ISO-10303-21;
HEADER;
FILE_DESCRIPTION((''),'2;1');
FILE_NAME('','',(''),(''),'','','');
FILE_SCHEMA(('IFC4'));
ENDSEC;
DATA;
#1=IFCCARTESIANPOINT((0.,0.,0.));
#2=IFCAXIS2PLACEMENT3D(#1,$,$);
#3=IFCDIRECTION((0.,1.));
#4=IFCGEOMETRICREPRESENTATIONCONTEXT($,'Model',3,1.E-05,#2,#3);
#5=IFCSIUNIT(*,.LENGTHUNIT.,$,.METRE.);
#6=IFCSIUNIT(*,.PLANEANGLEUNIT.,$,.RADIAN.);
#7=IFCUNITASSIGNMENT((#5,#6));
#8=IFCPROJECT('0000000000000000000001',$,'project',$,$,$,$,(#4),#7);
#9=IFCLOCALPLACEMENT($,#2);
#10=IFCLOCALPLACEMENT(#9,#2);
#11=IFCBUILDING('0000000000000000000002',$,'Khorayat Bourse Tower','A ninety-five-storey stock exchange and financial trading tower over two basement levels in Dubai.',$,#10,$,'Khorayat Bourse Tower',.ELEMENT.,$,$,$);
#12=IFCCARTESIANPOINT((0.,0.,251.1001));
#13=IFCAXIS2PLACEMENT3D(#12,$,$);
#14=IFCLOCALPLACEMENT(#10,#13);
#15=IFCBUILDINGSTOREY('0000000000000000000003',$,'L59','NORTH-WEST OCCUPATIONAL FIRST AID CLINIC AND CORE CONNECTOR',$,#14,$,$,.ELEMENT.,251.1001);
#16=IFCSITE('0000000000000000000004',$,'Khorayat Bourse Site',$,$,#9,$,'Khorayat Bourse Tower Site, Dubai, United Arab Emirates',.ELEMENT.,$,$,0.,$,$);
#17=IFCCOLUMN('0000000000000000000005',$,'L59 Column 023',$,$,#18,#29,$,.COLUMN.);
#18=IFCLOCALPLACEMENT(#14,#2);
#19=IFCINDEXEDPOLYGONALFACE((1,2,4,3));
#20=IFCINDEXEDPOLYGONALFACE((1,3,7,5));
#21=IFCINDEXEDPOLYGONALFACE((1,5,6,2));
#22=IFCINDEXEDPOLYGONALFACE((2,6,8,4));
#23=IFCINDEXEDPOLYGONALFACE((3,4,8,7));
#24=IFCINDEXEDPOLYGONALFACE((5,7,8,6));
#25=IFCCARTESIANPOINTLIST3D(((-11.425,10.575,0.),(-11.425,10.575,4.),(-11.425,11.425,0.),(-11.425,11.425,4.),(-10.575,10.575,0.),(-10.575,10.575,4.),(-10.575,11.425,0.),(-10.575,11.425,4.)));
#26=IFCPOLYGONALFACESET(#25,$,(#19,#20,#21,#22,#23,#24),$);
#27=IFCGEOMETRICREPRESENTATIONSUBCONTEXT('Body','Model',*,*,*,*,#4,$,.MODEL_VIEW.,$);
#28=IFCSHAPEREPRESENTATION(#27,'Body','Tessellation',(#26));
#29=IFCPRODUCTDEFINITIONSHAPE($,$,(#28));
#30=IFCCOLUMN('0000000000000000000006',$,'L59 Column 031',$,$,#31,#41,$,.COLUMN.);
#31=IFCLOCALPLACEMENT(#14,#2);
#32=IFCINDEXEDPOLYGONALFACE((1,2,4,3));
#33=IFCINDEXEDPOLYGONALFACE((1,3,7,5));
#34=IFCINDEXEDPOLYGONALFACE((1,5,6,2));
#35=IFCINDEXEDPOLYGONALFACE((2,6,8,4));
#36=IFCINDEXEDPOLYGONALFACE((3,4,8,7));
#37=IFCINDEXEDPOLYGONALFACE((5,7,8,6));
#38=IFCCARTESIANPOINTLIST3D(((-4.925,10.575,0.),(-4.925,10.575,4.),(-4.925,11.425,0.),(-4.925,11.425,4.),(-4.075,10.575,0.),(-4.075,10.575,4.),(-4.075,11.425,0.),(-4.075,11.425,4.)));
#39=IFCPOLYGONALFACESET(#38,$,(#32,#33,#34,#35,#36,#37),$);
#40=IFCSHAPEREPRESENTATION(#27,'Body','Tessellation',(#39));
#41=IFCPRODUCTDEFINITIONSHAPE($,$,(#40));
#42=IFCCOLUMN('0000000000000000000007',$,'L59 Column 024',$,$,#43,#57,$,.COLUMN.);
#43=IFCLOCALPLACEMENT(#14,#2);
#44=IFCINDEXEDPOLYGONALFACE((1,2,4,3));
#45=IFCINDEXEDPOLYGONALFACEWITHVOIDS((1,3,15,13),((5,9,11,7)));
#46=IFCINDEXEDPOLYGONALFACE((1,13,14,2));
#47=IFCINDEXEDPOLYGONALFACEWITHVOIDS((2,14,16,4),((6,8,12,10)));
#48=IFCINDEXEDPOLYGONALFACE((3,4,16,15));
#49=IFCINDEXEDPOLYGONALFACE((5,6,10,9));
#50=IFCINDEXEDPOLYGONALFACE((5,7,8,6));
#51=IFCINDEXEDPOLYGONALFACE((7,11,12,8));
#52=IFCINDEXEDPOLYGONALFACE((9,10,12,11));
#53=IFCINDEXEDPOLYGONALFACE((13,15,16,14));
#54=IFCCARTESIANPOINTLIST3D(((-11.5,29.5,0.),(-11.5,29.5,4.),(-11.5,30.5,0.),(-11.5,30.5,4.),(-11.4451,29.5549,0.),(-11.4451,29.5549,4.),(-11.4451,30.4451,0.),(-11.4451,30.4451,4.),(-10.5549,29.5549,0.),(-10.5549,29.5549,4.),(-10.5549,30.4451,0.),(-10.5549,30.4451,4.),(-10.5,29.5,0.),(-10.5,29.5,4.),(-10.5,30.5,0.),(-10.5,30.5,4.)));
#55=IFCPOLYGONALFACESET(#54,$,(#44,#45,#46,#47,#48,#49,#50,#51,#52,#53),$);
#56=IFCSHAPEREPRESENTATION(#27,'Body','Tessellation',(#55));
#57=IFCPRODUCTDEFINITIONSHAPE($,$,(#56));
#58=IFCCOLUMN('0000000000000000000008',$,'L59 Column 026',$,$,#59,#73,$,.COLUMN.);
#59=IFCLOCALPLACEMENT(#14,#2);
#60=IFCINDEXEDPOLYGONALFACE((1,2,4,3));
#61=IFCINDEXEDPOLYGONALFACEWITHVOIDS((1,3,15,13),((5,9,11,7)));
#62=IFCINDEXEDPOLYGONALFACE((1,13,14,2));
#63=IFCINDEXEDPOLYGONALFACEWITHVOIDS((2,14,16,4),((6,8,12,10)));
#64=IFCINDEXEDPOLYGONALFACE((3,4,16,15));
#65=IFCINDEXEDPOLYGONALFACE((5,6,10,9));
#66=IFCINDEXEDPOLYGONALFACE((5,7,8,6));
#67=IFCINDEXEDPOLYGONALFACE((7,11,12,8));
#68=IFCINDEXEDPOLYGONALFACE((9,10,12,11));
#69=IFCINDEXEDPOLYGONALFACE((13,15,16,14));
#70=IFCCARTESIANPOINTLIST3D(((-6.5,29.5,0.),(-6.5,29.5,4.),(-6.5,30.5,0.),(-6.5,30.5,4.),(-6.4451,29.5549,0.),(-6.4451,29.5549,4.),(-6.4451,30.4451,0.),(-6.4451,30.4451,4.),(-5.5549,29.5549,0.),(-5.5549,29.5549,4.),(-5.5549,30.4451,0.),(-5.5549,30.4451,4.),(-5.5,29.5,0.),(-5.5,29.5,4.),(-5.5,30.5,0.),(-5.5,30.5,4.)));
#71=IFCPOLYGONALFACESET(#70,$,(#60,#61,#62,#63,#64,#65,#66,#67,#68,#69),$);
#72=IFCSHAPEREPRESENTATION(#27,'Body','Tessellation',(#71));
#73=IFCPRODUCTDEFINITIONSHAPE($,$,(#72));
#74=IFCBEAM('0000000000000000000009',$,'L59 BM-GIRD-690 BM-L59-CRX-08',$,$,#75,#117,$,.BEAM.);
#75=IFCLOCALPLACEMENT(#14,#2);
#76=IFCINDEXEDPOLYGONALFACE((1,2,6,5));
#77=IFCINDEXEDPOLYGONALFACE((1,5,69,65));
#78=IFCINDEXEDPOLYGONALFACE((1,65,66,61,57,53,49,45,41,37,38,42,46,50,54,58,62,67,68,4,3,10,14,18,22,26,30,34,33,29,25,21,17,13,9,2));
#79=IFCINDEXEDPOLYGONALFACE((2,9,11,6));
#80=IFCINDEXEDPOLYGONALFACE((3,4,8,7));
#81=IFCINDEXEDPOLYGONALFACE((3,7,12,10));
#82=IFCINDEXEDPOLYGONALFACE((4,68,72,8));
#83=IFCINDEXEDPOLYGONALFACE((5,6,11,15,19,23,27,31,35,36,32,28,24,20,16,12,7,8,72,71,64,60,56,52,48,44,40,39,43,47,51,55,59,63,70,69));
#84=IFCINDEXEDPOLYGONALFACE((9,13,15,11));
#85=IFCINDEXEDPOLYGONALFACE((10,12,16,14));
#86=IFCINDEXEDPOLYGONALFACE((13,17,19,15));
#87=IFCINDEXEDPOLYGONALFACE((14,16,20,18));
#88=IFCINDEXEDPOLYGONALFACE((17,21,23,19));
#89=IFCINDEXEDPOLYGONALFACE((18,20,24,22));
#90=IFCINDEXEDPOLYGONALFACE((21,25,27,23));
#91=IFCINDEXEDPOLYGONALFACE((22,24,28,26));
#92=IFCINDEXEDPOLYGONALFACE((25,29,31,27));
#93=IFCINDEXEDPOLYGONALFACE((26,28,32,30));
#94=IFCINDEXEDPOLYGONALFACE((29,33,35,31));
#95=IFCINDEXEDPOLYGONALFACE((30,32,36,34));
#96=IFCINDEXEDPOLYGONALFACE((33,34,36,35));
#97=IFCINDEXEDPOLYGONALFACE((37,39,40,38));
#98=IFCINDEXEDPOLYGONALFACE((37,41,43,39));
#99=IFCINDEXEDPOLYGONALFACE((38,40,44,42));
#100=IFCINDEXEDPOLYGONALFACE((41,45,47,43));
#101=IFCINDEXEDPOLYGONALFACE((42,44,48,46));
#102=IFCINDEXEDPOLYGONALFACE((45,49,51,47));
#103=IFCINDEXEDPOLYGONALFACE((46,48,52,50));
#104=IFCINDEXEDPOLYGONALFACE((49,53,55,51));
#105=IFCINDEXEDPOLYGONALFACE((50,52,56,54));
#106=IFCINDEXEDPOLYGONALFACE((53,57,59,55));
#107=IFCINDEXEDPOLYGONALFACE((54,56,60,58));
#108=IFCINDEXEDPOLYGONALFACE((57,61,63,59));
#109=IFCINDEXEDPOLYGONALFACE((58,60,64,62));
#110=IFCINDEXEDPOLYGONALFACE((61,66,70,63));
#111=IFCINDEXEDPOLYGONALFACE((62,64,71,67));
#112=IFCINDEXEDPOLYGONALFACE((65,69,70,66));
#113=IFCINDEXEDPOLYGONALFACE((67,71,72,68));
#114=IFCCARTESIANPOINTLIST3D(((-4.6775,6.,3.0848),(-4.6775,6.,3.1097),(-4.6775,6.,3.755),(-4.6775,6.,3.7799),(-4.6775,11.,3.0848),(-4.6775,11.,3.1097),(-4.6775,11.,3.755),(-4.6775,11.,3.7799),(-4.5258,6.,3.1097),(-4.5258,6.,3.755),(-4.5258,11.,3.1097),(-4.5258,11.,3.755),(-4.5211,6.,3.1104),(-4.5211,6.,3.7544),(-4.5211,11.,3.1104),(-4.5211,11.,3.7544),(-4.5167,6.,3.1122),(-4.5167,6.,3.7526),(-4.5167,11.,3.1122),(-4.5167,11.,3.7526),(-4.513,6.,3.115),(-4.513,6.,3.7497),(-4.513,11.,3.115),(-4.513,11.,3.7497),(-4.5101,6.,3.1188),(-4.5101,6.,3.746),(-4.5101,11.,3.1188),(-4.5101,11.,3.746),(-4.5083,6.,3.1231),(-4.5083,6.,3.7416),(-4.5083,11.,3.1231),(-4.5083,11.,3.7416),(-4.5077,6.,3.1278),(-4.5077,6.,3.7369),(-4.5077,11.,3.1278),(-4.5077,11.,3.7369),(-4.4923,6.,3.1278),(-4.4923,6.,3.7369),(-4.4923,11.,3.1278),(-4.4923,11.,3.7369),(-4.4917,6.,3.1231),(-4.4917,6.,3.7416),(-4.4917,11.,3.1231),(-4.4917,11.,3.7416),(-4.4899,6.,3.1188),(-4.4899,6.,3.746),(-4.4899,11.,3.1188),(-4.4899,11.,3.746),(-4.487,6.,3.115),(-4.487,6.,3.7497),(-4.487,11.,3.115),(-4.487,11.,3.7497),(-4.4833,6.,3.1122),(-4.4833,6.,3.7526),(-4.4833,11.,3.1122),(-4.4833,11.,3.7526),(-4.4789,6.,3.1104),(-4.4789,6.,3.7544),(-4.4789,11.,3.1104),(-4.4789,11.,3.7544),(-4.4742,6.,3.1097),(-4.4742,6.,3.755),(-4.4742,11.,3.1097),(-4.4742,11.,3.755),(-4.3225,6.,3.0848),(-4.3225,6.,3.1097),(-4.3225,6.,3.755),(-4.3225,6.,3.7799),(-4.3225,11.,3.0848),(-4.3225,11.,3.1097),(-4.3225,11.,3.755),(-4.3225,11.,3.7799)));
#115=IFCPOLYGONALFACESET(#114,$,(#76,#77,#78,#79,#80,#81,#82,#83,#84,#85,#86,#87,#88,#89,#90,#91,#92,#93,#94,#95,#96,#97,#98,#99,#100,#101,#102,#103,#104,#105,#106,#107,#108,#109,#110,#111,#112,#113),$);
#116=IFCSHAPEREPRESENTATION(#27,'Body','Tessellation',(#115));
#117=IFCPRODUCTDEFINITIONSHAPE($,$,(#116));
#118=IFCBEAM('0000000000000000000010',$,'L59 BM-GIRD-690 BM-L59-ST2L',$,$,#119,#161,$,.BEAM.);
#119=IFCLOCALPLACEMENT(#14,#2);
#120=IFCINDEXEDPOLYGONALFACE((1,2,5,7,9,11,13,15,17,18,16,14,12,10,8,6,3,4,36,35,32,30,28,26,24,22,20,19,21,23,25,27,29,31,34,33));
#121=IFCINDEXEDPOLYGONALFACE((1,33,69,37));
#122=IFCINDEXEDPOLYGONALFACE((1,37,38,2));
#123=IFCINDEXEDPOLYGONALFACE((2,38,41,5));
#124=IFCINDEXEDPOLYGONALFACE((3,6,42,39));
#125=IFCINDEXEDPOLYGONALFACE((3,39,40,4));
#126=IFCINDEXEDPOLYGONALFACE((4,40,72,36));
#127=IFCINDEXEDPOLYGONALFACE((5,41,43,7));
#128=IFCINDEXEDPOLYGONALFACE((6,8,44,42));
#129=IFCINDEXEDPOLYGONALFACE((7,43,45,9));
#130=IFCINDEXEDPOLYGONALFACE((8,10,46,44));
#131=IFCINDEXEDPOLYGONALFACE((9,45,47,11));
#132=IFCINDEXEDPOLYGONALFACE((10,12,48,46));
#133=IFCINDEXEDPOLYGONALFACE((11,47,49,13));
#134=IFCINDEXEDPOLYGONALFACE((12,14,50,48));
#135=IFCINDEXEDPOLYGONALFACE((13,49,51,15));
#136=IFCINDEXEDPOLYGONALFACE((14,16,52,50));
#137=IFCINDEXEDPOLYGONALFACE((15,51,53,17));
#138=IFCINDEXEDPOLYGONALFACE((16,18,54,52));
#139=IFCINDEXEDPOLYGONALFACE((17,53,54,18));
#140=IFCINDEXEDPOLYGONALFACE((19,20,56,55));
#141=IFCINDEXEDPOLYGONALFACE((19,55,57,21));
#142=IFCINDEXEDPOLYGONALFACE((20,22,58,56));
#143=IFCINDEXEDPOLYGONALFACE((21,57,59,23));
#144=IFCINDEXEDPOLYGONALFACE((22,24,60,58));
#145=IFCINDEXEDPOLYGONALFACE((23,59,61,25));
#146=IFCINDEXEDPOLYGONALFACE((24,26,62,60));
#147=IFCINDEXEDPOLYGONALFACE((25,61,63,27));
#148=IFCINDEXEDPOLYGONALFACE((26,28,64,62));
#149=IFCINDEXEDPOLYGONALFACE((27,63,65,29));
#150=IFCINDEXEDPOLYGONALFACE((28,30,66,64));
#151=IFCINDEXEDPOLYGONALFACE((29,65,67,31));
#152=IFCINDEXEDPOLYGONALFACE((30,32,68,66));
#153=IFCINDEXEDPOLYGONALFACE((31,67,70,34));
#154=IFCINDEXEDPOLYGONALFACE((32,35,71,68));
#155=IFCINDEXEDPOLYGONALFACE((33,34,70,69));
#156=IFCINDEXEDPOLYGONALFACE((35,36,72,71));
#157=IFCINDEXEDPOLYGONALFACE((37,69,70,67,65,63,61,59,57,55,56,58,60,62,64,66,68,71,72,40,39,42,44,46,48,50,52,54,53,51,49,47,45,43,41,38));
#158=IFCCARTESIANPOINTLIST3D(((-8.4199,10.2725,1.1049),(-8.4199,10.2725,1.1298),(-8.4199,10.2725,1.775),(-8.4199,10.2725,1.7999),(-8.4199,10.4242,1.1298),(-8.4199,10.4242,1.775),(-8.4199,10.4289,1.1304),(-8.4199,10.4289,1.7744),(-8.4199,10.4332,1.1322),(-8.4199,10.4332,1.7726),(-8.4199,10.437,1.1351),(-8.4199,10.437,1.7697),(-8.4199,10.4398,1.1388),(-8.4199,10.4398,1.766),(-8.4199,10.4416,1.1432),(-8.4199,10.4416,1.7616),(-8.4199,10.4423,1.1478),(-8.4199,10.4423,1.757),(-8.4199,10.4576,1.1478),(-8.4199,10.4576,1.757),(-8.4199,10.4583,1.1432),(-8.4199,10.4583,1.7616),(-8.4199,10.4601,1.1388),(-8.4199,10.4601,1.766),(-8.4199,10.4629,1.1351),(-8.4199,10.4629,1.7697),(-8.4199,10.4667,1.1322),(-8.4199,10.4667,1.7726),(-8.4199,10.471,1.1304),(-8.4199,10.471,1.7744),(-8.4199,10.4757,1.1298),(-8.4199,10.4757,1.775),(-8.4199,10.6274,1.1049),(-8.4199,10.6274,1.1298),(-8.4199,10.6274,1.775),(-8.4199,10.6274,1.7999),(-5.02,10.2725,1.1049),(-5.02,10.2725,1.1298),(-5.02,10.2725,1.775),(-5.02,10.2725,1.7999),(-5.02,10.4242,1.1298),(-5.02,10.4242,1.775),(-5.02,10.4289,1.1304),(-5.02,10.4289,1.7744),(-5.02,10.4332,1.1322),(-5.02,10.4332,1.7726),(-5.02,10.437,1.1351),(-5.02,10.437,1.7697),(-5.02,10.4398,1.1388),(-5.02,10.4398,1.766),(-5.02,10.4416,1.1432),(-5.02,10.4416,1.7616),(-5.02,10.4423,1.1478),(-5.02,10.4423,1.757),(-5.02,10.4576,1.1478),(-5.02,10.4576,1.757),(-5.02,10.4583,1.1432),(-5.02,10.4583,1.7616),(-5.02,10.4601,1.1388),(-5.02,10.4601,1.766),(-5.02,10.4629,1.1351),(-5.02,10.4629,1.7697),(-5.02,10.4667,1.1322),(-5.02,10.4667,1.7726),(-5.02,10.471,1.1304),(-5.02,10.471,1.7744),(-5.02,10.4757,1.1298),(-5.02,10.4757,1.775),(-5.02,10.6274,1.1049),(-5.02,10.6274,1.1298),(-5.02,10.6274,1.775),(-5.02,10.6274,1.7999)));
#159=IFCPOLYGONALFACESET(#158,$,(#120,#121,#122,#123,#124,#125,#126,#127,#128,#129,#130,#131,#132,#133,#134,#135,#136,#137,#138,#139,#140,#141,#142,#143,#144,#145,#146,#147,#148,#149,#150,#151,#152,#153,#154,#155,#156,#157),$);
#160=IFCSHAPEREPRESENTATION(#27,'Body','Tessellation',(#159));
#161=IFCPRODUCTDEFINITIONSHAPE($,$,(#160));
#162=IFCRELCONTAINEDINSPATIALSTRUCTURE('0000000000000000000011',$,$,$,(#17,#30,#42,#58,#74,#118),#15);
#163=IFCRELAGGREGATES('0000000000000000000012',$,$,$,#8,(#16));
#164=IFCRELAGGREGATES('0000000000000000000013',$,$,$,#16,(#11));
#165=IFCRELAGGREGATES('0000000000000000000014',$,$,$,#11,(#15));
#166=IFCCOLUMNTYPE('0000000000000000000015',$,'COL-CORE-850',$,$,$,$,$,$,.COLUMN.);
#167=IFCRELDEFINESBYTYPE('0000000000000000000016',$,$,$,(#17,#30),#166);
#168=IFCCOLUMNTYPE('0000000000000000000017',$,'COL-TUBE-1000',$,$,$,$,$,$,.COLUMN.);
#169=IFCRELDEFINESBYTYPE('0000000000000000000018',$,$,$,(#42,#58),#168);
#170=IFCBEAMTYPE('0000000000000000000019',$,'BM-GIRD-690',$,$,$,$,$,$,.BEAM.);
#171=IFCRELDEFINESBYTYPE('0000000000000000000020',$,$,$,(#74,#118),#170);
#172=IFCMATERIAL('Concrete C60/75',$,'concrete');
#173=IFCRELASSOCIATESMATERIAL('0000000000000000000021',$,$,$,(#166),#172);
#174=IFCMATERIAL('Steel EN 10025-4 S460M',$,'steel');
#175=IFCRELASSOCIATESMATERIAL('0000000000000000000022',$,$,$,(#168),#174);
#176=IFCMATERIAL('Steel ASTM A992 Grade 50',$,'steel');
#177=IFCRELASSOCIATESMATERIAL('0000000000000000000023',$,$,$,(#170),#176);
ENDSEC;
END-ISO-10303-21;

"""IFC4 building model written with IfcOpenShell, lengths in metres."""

from ifc_helpers import new_model, si_unit, direction, frame, origin, origin_2d, place, context, subcontext, project, spatial, rectangle, hollow_rectangle, i_section, extrude, source, transform, mapped, material, material_profile, profile_set, type_object, element, save


model = new_model("IFC4")

# Units and contexts
model_context = context("Model", 3, precision=1e-05, world=origin(), true_north=direction((0.0, 1.0)))
body_context = subcontext(model_context, "Body", "Model", "MODEL_VIEW")
ifc_project = project(units=[si_unit("LENGTHUNIT", "METRE"), si_unit("PLANEANGLEUNIT", "RADIAN")], contexts=[model_context])

# Site, building, storey
site_placement = place(None, origin())
site = spatial("IfcSite", under=ifc_project, at=site_placement, Name="Khorayat Bourse Site", LongName="Khorayat Bourse Tower Site, Dubai, United Arab Emirates", CompositionType="ELEMENT", RefElevation=0.0)
building_placement = place(site_placement, origin())
building = spatial("IfcBuilding", under=site, at=building_placement, Name="Khorayat Bourse Tower", Description="A ninety-five-storey stock exchange and financial trading tower over two basement levels in Dubai.", LongName="Khorayat Bourse Tower", CompositionType="ELEMENT")
storey_placement = place(building_placement, frame((0.0, 0.0, 251.1001)))
storey = spatial("IfcBuildingStorey", under=building, at=storey_placement, Name="L59", Description="NORTH-WEST OCCUPATIONAL FIRST AID CLINIC AND CORE CONNECTOR", CompositionType="ELEMENT", Elevation=251.1001)

# Columns
ifc_material_1 = material(Name="Concrete C60/75", Category="concrete")
ifc_material_profile_1 = material_profile(ifc_material_1, rectangle(XDim=0.8501, YDim=0.8501, at=origin_2d()), Name="RC 850x850")
ifc_profile_set_1 = profile_set([ifc_material_profile_1], Name="Concrete C60/75")
column_type_1 = type_object("IfcColumnType", Name="COL-CORE-850", PredefinedType="COLUMN", material=ifc_profile_set_1)
shared_shape_1 = source(origin(), body_context, "Body", "SweptSolid", [
    extrude(rectangle(XDim=0.8501, YDim=0.8501, at=origin_2d()), origin(), (0.0, 0.0, 1.0), 4.0),
])
for number, where, z_axis, x_axis, name in (
    (1, (-11.0, 11.0, 0.0), (0.0, 0.0, 1.0), (1.0, 0.0, 0.0), "L59 Column 023"),
    (2, (-4.5, 11.0, 0.0), (0.0, 0.0, 1.0), (1.0, 0.0, 0.0), "L59 Column 031"),
):
    element("IfcColumn", number, at=place(storey_placement, frame(where, z_axis=z_axis, x_axis=x_axis)), inside=storey, type_object=column_type_1, Name=name, PredefinedType="COLUMN", context=body_context, shape_type="MappedRepresentation", body=[
        mapped(shared_shape_1, transform((0.0, 0.0, 0.0), scale=1.0)),
    ])
ifc_material_2 = material(Name="Steel EN 10025-4 S460M", Category="steel")
ifc_material_profile_2 = material_profile(ifc_material_2, hollow_rectangle(XDim=1.0, YDim=1.0, WallThickness=0.0549, at=origin_2d()), Name="BOX 1000x1000x55")
ifc_profile_set_2 = profile_set([ifc_material_profile_2], Name="Steel EN 10025-4 S460M")
column_type_2 = type_object("IfcColumnType", Name="COL-TUBE-1000", PredefinedType="COLUMN", material=ifc_profile_set_2)
shared_shape_2 = source(origin(), body_context, "Body", "SweptSolid", [
    extrude(hollow_rectangle(XDim=1.0, YDim=1.0, WallThickness=0.0549, at=origin_2d()), origin(), (0.0, 0.0, 1.0), 4.0),
])
for number, where, z_axis, x_axis, name in (
    (3, (-11.0, 30.0, 0.0), (0.0, 0.0, 1.0), (1.0, 0.0, 0.0), "L59 Column 024"),
    (4, (-6.0, 30.0, 0.0), (0.0, 0.0, 1.0), (1.0, 0.0, 0.0), "L59 Column 026"),
):
    element("IfcColumn", number, at=place(storey_placement, frame(where, z_axis=z_axis, x_axis=x_axis)), inside=storey, type_object=column_type_2, Name=name, PredefinedType="COLUMN", context=body_context, shape_type="MappedRepresentation", body=[
        mapped(shared_shape_2, transform((0.0, 0.0, 0.0), scale=1.0)),
    ])

# Beams
ifc_material_3 = material(Name="Steel ASTM A992 Grade 50", Category="steel")
ifc_material_profile_3 = material_profile(ifc_material_3, i_section(OverallWidth=0.355, OverallDepth=0.6951, WebThickness=0.0154, FlangeThickness=0.0249, FilletRadius=0.0181, at=origin_2d()), Name="W690X217")
ifc_profile_set_3 = profile_set([ifc_material_profile_3], Name="Steel ASTM A992 Grade 50")
beam_type_1 = type_object("IfcBeamType", Name="BM-GIRD-690", PredefinedType="BEAM", material=ifc_profile_set_3)
shared_shape_3 = source(origin(), body_context, "Body", "SweptSolid", [
    extrude(i_section(OverallWidth=0.355, OverallDepth=0.6951, WebThickness=0.0154, FlangeThickness=0.0249, FilletRadius=0.0181, at=origin_2d()), origin(), (0.0, 0.0, 1.0), 5.0),
])
beam_1_placement = place(storey_placement, frame((-4.5, 6.0, 3.4324), z_axis=(0.0, 1.0, 0.0), x_axis=(-1.0, 0.0, 0.0)))
element("IfcBeam", 5, at=beam_1_placement, inside=storey, type_object=beam_type_1, Name="L59 BM-GIRD-690 BM-L59-CRX-08", PredefinedType="BEAM", context=body_context, shape_type="MappedRepresentation", body=[
    mapped(shared_shape_3, transform((0.0, 0.0, 0.0), scale=1.0)),
])
shared_shape_4 = source(origin(), body_context, "Body", "SweptSolid", [
    extrude(i_section(OverallWidth=0.355, OverallDepth=0.6951, WebThickness=0.0154, FlangeThickness=0.0249, FilletRadius=0.0181, at=origin_2d()), origin(), (0.0, 0.0, 1.0), 3.3999),
])
beam_2_placement = place(storey_placement, frame((-8.4199, 10.45, 1.4524), z_axis=(1.0, 0.0, 0.0), x_axis=(0.0, 1.0, 0.0)))
element("IfcBeam", 6, at=beam_2_placement, inside=storey, type_object=beam_type_1, Name="L59 BM-GIRD-690 BM-L59-ST2L", PredefinedType="BEAM", context=body_context, shape_type="MappedRepresentation", body=[
    mapped(shared_shape_4, transform((0.0, 0.0, 0.0), scale=1.0)),
])

save(model, "model.ifc")
